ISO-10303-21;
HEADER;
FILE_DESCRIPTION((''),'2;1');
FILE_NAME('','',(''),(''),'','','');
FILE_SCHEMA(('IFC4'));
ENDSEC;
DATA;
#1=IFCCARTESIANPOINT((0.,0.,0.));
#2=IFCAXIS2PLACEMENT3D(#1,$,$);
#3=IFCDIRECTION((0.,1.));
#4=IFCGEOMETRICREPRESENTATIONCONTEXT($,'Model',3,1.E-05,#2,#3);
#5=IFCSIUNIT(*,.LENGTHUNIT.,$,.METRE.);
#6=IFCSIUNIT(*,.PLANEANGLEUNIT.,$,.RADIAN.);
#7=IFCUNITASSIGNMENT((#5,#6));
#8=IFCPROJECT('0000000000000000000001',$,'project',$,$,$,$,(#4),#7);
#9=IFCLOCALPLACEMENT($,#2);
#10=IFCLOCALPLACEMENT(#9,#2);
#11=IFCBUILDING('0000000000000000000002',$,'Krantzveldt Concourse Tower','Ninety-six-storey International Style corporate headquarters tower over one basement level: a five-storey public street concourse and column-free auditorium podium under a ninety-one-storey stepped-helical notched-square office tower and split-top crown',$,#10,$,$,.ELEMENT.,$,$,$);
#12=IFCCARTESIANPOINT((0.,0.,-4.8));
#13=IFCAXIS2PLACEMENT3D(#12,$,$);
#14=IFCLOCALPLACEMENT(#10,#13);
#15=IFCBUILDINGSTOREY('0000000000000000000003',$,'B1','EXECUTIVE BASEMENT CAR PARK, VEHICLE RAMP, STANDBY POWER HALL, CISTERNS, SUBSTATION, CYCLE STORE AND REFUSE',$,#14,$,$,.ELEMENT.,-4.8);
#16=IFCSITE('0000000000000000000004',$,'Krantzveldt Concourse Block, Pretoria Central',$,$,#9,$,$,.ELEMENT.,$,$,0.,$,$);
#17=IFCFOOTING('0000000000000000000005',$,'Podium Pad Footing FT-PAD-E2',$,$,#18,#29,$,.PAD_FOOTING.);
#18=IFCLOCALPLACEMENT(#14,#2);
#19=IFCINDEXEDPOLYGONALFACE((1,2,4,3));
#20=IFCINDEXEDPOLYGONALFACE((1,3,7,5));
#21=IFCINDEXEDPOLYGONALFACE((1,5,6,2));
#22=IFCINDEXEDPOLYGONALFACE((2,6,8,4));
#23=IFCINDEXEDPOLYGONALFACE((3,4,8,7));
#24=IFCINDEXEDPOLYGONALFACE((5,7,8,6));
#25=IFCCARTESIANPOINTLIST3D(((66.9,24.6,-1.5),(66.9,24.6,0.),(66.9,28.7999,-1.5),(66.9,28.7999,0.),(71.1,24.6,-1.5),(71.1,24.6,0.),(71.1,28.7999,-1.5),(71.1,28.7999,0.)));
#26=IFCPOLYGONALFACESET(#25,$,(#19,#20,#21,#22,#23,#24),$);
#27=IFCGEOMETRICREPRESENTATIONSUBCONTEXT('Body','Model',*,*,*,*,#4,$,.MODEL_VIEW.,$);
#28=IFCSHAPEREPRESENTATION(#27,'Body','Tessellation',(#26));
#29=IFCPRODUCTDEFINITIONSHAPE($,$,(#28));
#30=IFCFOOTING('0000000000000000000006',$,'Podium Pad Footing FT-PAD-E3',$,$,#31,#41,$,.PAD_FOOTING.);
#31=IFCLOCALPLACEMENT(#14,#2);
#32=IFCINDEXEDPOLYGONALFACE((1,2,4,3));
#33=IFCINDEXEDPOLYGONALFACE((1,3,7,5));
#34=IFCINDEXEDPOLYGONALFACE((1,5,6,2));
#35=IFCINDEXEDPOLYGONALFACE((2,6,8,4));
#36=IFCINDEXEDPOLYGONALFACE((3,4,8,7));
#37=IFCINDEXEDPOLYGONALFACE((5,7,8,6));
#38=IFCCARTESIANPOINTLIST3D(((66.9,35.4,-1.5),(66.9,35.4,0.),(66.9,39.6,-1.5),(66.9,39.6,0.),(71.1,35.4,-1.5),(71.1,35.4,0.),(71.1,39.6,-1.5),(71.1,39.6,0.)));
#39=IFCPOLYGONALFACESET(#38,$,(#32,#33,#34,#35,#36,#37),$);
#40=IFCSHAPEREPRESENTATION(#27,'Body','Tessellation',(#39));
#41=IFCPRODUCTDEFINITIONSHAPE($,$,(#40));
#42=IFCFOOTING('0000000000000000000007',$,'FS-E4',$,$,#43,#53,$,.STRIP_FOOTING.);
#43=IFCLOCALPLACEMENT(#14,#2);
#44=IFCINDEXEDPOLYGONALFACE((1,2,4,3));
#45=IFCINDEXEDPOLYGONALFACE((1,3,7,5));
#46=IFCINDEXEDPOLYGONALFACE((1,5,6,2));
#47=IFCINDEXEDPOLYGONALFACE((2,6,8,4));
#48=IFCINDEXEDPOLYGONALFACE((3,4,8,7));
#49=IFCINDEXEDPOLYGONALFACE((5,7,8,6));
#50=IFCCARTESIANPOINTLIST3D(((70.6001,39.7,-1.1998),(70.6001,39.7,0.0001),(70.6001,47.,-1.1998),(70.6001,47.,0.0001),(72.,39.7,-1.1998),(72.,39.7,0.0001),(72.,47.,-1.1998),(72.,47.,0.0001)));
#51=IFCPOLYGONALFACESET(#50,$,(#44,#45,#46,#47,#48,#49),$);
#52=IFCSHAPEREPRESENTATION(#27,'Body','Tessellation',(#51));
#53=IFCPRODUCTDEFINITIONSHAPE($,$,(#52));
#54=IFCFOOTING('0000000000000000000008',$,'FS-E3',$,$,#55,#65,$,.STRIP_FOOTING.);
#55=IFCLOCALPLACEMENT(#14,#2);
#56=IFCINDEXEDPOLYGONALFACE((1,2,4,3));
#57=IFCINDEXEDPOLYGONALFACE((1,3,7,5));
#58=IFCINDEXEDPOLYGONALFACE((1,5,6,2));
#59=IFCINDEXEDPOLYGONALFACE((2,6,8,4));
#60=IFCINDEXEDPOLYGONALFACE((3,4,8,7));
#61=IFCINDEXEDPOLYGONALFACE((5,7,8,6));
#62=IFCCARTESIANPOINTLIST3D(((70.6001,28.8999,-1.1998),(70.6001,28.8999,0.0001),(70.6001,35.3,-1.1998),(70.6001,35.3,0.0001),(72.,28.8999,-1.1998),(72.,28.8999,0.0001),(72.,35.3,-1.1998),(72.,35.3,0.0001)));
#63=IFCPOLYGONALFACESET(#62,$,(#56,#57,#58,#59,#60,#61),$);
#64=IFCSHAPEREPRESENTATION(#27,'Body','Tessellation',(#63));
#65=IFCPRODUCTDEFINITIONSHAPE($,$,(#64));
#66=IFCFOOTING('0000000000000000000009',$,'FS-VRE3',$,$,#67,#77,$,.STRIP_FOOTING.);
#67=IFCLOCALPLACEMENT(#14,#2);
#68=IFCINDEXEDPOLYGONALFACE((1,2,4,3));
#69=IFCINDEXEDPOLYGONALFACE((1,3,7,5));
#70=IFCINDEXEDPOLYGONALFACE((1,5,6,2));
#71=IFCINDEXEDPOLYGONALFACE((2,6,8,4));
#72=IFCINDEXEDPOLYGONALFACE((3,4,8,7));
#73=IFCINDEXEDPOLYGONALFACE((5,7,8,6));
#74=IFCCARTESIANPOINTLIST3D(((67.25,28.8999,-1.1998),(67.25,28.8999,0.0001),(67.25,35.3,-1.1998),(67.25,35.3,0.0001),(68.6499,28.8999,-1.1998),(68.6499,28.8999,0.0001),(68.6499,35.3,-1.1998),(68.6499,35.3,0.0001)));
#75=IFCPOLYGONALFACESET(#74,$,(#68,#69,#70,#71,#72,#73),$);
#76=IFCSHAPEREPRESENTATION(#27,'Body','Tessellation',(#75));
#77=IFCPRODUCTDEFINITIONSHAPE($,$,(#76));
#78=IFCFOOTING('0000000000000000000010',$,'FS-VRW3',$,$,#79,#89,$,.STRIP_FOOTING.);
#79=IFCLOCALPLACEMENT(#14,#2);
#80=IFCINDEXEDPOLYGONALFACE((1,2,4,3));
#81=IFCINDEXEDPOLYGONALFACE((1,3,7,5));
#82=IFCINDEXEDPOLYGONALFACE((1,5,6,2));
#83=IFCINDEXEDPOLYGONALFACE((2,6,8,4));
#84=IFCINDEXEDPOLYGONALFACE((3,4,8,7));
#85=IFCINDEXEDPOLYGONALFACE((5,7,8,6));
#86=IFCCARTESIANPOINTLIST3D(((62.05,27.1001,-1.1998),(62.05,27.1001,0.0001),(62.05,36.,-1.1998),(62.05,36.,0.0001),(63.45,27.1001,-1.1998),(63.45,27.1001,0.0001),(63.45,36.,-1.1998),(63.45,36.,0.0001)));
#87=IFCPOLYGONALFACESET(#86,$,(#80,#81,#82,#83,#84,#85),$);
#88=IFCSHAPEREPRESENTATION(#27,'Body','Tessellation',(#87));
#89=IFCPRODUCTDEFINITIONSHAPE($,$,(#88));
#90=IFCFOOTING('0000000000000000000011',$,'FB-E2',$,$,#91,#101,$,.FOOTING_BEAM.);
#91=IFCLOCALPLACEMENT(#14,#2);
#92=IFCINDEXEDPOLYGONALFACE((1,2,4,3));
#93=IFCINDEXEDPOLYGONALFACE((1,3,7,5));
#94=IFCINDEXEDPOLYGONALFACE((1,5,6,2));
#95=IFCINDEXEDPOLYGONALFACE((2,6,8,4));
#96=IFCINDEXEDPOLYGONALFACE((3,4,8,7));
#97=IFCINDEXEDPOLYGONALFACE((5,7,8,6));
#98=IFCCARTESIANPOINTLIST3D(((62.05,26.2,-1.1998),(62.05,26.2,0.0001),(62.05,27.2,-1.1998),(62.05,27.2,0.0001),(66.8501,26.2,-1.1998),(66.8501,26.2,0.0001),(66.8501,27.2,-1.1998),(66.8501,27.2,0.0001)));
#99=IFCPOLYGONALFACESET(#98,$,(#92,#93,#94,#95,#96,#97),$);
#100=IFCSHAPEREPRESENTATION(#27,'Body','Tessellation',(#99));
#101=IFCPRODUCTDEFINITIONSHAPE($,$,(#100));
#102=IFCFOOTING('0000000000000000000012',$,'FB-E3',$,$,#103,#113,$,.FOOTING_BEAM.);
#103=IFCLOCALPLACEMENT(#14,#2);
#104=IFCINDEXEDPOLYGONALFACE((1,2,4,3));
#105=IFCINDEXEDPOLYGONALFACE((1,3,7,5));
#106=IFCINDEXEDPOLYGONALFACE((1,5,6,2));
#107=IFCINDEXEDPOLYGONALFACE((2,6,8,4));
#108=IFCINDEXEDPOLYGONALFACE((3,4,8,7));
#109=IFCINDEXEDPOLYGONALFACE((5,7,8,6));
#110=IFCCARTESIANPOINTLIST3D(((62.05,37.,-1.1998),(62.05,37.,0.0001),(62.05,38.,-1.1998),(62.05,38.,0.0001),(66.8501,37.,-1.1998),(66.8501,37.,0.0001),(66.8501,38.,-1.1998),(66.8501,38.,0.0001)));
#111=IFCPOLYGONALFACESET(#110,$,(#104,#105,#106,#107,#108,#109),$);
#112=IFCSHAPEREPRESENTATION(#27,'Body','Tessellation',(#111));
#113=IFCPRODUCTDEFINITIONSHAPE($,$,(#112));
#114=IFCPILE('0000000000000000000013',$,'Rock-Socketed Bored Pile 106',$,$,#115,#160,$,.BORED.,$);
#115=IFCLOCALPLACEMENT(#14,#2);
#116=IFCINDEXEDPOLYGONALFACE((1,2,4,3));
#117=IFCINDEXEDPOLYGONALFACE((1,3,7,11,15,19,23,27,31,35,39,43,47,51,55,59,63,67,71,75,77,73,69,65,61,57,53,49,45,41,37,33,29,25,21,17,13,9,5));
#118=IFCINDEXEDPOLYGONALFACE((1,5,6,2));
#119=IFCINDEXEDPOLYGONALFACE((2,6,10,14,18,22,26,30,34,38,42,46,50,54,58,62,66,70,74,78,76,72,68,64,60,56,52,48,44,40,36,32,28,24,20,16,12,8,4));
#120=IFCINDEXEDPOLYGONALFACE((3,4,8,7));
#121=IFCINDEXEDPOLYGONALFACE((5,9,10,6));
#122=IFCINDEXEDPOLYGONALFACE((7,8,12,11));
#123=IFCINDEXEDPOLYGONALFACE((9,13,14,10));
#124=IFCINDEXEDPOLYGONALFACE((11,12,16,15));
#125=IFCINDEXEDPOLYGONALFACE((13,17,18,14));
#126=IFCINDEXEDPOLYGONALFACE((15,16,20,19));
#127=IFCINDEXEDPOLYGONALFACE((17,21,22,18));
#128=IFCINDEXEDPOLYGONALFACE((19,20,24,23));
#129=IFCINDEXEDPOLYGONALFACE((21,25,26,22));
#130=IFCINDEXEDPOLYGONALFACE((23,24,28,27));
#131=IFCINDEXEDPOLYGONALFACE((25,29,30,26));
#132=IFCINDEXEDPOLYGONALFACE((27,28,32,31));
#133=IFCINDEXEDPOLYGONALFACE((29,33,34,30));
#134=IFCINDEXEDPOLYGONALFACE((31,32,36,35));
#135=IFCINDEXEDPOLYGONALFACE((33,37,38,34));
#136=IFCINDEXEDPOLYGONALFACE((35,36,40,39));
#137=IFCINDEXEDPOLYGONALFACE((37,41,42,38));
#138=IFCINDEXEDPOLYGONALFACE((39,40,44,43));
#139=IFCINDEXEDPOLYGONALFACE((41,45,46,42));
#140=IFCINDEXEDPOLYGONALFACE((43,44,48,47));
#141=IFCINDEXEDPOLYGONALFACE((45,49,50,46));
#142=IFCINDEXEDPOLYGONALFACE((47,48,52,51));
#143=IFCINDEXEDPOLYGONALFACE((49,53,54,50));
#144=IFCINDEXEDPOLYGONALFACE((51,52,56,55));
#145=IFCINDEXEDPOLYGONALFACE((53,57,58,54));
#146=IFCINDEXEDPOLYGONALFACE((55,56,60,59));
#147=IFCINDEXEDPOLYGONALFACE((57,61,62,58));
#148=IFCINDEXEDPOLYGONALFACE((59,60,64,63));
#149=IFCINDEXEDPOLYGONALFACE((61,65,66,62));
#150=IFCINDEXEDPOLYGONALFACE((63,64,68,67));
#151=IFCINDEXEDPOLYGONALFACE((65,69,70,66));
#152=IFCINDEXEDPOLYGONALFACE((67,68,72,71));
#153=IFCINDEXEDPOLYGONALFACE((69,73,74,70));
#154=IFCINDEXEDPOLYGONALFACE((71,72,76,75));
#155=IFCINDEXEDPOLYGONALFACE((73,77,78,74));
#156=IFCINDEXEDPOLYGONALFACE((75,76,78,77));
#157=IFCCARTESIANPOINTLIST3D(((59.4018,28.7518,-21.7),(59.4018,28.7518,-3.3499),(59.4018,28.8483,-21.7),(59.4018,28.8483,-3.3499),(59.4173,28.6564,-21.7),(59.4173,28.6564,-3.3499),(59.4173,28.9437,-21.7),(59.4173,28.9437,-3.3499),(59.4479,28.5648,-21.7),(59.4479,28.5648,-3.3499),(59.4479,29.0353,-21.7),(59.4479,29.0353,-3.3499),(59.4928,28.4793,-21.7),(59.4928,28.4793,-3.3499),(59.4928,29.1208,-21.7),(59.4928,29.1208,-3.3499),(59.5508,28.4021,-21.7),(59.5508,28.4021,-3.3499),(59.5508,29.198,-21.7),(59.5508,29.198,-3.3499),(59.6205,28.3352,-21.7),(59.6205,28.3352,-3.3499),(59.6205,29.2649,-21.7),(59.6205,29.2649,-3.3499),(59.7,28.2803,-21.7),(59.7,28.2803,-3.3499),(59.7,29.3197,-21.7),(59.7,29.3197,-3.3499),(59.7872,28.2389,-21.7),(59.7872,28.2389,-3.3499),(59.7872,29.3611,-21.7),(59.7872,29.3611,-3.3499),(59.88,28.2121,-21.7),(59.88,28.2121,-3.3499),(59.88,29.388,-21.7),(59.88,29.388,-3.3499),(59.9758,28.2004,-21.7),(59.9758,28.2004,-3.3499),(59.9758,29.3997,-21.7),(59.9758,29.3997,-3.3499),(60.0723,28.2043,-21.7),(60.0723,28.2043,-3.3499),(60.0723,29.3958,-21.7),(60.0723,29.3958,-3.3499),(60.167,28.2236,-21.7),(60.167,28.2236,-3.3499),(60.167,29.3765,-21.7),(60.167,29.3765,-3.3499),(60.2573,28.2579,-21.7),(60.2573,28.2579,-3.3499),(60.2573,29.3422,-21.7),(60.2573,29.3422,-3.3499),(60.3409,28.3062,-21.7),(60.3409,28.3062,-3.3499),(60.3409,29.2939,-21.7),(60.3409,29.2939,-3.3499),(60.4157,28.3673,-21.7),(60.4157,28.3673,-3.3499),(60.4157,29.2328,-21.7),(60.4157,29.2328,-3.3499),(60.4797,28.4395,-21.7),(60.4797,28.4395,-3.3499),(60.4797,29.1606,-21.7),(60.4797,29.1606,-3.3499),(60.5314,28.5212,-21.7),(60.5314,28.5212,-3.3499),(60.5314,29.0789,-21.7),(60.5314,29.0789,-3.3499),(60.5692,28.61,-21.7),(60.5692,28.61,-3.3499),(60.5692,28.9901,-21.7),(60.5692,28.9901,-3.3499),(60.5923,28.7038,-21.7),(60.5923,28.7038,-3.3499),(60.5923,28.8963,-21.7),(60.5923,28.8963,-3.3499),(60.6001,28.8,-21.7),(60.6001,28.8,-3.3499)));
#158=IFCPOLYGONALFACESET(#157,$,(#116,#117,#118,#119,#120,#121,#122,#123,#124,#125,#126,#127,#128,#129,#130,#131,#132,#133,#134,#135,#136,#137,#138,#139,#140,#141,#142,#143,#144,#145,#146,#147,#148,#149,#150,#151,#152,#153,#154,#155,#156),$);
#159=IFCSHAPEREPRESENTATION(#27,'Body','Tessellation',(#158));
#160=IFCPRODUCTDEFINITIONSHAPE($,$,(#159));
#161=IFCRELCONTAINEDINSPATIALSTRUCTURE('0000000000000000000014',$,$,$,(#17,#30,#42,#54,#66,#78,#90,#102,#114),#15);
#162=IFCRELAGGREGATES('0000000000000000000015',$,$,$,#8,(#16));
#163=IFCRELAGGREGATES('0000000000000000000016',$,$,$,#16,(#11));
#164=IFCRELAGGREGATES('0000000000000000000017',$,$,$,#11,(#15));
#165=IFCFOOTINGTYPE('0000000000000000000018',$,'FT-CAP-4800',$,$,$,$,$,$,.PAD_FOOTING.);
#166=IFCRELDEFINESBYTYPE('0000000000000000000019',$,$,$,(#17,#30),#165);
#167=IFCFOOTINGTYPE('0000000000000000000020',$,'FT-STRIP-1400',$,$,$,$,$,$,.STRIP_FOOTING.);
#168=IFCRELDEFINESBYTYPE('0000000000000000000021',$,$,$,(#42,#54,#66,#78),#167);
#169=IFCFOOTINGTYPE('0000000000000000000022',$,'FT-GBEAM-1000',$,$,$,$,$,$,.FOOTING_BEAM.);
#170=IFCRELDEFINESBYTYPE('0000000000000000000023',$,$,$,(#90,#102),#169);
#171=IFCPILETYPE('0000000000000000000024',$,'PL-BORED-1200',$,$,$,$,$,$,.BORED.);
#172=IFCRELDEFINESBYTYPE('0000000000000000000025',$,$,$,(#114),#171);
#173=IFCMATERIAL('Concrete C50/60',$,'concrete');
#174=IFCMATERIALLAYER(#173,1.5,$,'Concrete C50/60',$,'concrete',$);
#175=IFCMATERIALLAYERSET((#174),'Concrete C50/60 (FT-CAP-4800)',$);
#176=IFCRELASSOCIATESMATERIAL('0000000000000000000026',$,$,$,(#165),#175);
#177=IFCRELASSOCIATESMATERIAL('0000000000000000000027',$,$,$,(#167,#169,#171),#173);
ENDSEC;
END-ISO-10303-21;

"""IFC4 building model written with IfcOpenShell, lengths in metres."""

from ifc_helpers import new_model, si_unit, direction, frame, origin, origin_2d, place, context, subcontext, project, spatial, rectangle, circle, extrude, source, transform, mapped, material, layer, layer_set, material_profile, profile_set, type_object, type_shapes, element, save


model = new_model("IFC4")

# Units and contexts
model_context = context("Model", 3, precision=1e-05, world=origin(), true_north=direction((0.0, 1.0)))
body_context = subcontext(model_context, "Body", "Model", "MODEL_VIEW")
ifc_project = project(units=[si_unit("LENGTHUNIT", "METRE"), si_unit("PLANEANGLEUNIT", "RADIAN")], contexts=[model_context])

# Site, building, storey
site_placement = place(None, origin())
site = spatial("IfcSite", under=ifc_project, at=site_placement, Name="Krantzveldt Concourse Block, Pretoria Central", CompositionType="ELEMENT", RefElevation=0.0)
building_placement = place(site_placement, origin())
building = spatial("IfcBuilding", under=site, at=building_placement, Name="Krantzveldt Concourse Tower", Description="Ninety-six-storey International Style corporate headquarters tower over one basement level: a five-storey public street concourse and column-free auditorium podium under a ninety-one-storey stepped-helical notched-square office tower and split-top crown", CompositionType="ELEMENT")
storey_placement = place(building_placement, frame((0.0, 0.0, -4.8)))
storey = spatial("IfcBuildingStorey", under=building, at=storey_placement, Name="B1", Description="EXECUTIVE BASEMENT CAR PARK, VEHICLE RAMP, STANDBY POWER HALL, CISTERNS, SUBSTATION, CYCLE STORE AND REFUSE", CompositionType="ELEMENT", Elevation=-4.8)

# Footings
ifc_material_1 = material(Name="Concrete C50/60", Category="concrete")
ifc_layer_1 = layer(ifc_material_1, 1.5, Name="Concrete C50/60", Category="concrete")
ifc_layer_set_1 = layer_set([ifc_layer_1], Name="Concrete C50/60 (FT-CAP-4800)")
footing_type_1 = type_object("IfcFootingType", Name="FT-CAP-4800", PredefinedType="PAD_FOOTING", material=ifc_layer_set_1)
shared_shape_1 = source(origin(), body_context, "Body", "SweptSolid", [
    extrude(rectangle(XDim=4.2, YDim=4.2, at=origin_2d()), origin(), (0.0, 0.0, 1.0), 1.5),
])
type_shapes(footing_type_1, [shared_shape_1])
for number, where, z_axis, x_axis, name in (
    (1, (69.0, 26.7, -1.5), (0.0, 0.0, 1.0), (1.0, 0.0, 0.0), "Podium Pad Footing FT-PAD-E2"),
    (2, (69.0, 37.5, -1.5), (0.0, 0.0, 1.0), (1.0, 0.0, 0.0), "Podium Pad Footing FT-PAD-E3"),
):
    element("IfcFooting", number, at=place(storey_placement, frame(where, z_axis=z_axis, x_axis=x_axis)), inside=storey, type_object=footing_type_1, Name=name, PredefinedType="PAD_FOOTING", context=body_context, shape_type="MappedRepresentation", body=[
        mapped(shared_shape_1, transform((0.0, 0.0, 0.0), x_axis=(1.0, 0.0, 0.0), y_axis=(0.0, 1.0, 0.0), z_axis=(0.0, 0.0, 1.0), scale=1.0)),
    ])
ifc_material_profile_1 = material_profile(ifc_material_1, rectangle(XDim=1.3999, YDim=1.2, at=origin_2d()), Name="Concrete C50/60", Category="concrete")
ifc_profile_set_1 = profile_set([ifc_material_profile_1], Name="Concrete C50/60 - STRIP 1400x1200")
footing_type_2 = type_object("IfcFootingType", Name="FT-STRIP-1400", PredefinedType="STRIP_FOOTING", material=ifc_profile_set_1)
shared_shape_2 = source(origin(), body_context, "Body", "SweptSolid", [
    extrude(rectangle(XDim=1.3999, YDim=1.2, at=origin_2d()), origin(), (0.0, 0.0, 1.0), 7.3),
])
footing_1_placement = place(storey_placement, frame((71.3, 39.7, -0.5999), z_axis=(0.0, 1.0, 0.0), x_axis=(-1.0, 0.0, 0.0)))
element("IfcFooting", 3, at=footing_1_placement, inside=storey, type_object=footing_type_2, Name="FS-E4", PredefinedType="STRIP_FOOTING", context=body_context, shape_type="MappedRepresentation", body=[
    mapped(shared_shape_2, transform((0.0, 0.0, 0.0), x_axis=(1.0, 0.0, 0.0), y_axis=(0.0, 1.0, 0.0), z_axis=(0.0, 0.0, 1.0), scale=1.0)),
])
shared_shape_3 = source(origin(), body_context, "Body", "SweptSolid", [
    extrude(rectangle(XDim=1.3999, YDim=1.2, at=origin_2d()), origin(), (0.0, 0.0, 1.0), 6.4001),
])
for number, where, z_axis, x_axis, name in (
    (4, (71.3, 28.8999, -0.5999), (0.0, 1.0, 0.0), (-1.0, 0.0, 0.0), "FS-E3"),
    (5, (67.95, 28.8999, -0.5999), (0.0, 1.0, 0.0), (-1.0, 0.0, 0.0), "FS-VRE3"),
):
    element("IfcFooting", number, at=place(storey_placement, frame(where, z_axis=z_axis, x_axis=x_axis)), inside=storey, type_object=footing_type_2, Name=name, PredefinedType="STRIP_FOOTING", context=body_context, shape_type="MappedRepresentation", body=[
        mapped(shared_shape_3, transform((0.0, 0.0, 0.0), x_axis=(1.0, 0.0, 0.0), y_axis=(0.0, 1.0, 0.0), z_axis=(0.0, 0.0, 1.0), scale=1.0)),
    ])
shared_shape_4 = source(origin(), body_context, "Body", "SweptSolid", [
    extrude(rectangle(XDim=1.3999, YDim=1.2, at=origin_2d()), origin(), (0.0, 0.0, 1.0), 8.8999),
])
type_shapes(footing_type_2, [shared_shape_2, shared_shape_3, shared_shape_4])
footing_2_placement = place(storey_placement, frame((62.75, 27.1001, -0.5999), z_axis=(0.0, 1.0, 0.0), x_axis=(-1.0, 0.0, 0.0)))
element("IfcFooting", 6, at=footing_2_placement, inside=storey, type_object=footing_type_2, Name="FS-VRW3", PredefinedType="STRIP_FOOTING", context=body_context, shape_type="MappedRepresentation", body=[
    mapped(shared_shape_4, transform((0.0, 0.0, 0.0), x_axis=(1.0, 0.0, 0.0), y_axis=(0.0, 1.0, 0.0), z_axis=(0.0, 0.0, 1.0), scale=1.0)),
])
ifc_material_profile_2 = material_profile(ifc_material_1, rectangle(XDim=1.0, YDim=1.2, at=origin_2d()), Name="Concrete C50/60", Category="concrete")
ifc_profile_set_2 = profile_set([ifc_material_profile_2], Name="Concrete C50/60 - FBEAM 1000x1200")
footing_type_3 = type_object("IfcFootingType", Name="FT-GBEAM-1000", PredefinedType="FOOTING_BEAM", material=ifc_profile_set_2)
shared_shape_5 = source(origin(), body_context, "Body", "SweptSolid", [
    extrude(rectangle(XDim=1.0, YDim=1.2, at=origin_2d()), origin(), (0.0, 0.0, 1.0), 4.8),
])
type_shapes(footing_type_3, [shared_shape_5])
for number, where, z_axis, x_axis, name in (
    (7, (62.05, 26.7, -0.5999), (1.0, 0.0, 0.0), (0.0, 1.0, 0.0), "FB-E2"),
    (8, (62.05, 37.5, -0.5999), (1.0, 0.0, 0.0), (0.0, 1.0, 0.0), "FB-E3"),
):
    element("IfcFooting", number, at=place(storey_placement, frame(where, z_axis=z_axis, x_axis=x_axis)), inside=storey, type_object=footing_type_3, Name=name, PredefinedType="FOOTING_BEAM", context=body_context, shape_type="MappedRepresentation", body=[
        mapped(shared_shape_5, transform((0.0, 0.0, 0.0), x_axis=(1.0, 0.0, 0.0), y_axis=(0.0, 1.0, 0.0), z_axis=(0.0, 0.0, 1.0), scale=1.0)),
    ])

# Pile
ifc_material_profile_3 = material_profile(ifc_material_1, circle(Radius=0.6001, at=origin_2d()), Name="Concrete C50/60", Category="concrete")
ifc_profile_set_3 = profile_set([ifc_material_profile_3], Name="Concrete C50/60 - PILE D1200")
pile_type = type_object("IfcPileType", Name="PL-BORED-1200", PredefinedType="BORED", material=ifc_profile_set_3)
shared_shape_6 = source(origin(), body_context, "Body", "SweptSolid", [
    extrude(circle(Radius=0.6001, at=origin_2d()), origin(), (0.0, 0.0, 1.0), 18.3501),
])
type_shapes(pile_type, [shared_shape_6])
for number, where, z_axis, x_axis, name in (
    (9, (60.0, 28.8, -3.3499), (0.0, 0.0, -1.0), (1.0, 0.0, 0.0), "Rock-Socketed Bored Pile 106"),
):
    element("IfcPile", number, at=place(storey_placement, frame(where, z_axis=z_axis, x_axis=x_axis)), inside=storey, type_object=pile_type, Name=name, PredefinedType="BORED", context=body_context, shape_type="MappedRepresentation", body=[
        mapped(shared_shape_6, transform((0.0, 0.0, 0.0), x_axis=(1.0, 0.0, 0.0), y_axis=(0.0, 1.0, 0.0), z_axis=(0.0, 0.0, 1.0), scale=1.0)),
    ])

save(model, "model.ifc")
